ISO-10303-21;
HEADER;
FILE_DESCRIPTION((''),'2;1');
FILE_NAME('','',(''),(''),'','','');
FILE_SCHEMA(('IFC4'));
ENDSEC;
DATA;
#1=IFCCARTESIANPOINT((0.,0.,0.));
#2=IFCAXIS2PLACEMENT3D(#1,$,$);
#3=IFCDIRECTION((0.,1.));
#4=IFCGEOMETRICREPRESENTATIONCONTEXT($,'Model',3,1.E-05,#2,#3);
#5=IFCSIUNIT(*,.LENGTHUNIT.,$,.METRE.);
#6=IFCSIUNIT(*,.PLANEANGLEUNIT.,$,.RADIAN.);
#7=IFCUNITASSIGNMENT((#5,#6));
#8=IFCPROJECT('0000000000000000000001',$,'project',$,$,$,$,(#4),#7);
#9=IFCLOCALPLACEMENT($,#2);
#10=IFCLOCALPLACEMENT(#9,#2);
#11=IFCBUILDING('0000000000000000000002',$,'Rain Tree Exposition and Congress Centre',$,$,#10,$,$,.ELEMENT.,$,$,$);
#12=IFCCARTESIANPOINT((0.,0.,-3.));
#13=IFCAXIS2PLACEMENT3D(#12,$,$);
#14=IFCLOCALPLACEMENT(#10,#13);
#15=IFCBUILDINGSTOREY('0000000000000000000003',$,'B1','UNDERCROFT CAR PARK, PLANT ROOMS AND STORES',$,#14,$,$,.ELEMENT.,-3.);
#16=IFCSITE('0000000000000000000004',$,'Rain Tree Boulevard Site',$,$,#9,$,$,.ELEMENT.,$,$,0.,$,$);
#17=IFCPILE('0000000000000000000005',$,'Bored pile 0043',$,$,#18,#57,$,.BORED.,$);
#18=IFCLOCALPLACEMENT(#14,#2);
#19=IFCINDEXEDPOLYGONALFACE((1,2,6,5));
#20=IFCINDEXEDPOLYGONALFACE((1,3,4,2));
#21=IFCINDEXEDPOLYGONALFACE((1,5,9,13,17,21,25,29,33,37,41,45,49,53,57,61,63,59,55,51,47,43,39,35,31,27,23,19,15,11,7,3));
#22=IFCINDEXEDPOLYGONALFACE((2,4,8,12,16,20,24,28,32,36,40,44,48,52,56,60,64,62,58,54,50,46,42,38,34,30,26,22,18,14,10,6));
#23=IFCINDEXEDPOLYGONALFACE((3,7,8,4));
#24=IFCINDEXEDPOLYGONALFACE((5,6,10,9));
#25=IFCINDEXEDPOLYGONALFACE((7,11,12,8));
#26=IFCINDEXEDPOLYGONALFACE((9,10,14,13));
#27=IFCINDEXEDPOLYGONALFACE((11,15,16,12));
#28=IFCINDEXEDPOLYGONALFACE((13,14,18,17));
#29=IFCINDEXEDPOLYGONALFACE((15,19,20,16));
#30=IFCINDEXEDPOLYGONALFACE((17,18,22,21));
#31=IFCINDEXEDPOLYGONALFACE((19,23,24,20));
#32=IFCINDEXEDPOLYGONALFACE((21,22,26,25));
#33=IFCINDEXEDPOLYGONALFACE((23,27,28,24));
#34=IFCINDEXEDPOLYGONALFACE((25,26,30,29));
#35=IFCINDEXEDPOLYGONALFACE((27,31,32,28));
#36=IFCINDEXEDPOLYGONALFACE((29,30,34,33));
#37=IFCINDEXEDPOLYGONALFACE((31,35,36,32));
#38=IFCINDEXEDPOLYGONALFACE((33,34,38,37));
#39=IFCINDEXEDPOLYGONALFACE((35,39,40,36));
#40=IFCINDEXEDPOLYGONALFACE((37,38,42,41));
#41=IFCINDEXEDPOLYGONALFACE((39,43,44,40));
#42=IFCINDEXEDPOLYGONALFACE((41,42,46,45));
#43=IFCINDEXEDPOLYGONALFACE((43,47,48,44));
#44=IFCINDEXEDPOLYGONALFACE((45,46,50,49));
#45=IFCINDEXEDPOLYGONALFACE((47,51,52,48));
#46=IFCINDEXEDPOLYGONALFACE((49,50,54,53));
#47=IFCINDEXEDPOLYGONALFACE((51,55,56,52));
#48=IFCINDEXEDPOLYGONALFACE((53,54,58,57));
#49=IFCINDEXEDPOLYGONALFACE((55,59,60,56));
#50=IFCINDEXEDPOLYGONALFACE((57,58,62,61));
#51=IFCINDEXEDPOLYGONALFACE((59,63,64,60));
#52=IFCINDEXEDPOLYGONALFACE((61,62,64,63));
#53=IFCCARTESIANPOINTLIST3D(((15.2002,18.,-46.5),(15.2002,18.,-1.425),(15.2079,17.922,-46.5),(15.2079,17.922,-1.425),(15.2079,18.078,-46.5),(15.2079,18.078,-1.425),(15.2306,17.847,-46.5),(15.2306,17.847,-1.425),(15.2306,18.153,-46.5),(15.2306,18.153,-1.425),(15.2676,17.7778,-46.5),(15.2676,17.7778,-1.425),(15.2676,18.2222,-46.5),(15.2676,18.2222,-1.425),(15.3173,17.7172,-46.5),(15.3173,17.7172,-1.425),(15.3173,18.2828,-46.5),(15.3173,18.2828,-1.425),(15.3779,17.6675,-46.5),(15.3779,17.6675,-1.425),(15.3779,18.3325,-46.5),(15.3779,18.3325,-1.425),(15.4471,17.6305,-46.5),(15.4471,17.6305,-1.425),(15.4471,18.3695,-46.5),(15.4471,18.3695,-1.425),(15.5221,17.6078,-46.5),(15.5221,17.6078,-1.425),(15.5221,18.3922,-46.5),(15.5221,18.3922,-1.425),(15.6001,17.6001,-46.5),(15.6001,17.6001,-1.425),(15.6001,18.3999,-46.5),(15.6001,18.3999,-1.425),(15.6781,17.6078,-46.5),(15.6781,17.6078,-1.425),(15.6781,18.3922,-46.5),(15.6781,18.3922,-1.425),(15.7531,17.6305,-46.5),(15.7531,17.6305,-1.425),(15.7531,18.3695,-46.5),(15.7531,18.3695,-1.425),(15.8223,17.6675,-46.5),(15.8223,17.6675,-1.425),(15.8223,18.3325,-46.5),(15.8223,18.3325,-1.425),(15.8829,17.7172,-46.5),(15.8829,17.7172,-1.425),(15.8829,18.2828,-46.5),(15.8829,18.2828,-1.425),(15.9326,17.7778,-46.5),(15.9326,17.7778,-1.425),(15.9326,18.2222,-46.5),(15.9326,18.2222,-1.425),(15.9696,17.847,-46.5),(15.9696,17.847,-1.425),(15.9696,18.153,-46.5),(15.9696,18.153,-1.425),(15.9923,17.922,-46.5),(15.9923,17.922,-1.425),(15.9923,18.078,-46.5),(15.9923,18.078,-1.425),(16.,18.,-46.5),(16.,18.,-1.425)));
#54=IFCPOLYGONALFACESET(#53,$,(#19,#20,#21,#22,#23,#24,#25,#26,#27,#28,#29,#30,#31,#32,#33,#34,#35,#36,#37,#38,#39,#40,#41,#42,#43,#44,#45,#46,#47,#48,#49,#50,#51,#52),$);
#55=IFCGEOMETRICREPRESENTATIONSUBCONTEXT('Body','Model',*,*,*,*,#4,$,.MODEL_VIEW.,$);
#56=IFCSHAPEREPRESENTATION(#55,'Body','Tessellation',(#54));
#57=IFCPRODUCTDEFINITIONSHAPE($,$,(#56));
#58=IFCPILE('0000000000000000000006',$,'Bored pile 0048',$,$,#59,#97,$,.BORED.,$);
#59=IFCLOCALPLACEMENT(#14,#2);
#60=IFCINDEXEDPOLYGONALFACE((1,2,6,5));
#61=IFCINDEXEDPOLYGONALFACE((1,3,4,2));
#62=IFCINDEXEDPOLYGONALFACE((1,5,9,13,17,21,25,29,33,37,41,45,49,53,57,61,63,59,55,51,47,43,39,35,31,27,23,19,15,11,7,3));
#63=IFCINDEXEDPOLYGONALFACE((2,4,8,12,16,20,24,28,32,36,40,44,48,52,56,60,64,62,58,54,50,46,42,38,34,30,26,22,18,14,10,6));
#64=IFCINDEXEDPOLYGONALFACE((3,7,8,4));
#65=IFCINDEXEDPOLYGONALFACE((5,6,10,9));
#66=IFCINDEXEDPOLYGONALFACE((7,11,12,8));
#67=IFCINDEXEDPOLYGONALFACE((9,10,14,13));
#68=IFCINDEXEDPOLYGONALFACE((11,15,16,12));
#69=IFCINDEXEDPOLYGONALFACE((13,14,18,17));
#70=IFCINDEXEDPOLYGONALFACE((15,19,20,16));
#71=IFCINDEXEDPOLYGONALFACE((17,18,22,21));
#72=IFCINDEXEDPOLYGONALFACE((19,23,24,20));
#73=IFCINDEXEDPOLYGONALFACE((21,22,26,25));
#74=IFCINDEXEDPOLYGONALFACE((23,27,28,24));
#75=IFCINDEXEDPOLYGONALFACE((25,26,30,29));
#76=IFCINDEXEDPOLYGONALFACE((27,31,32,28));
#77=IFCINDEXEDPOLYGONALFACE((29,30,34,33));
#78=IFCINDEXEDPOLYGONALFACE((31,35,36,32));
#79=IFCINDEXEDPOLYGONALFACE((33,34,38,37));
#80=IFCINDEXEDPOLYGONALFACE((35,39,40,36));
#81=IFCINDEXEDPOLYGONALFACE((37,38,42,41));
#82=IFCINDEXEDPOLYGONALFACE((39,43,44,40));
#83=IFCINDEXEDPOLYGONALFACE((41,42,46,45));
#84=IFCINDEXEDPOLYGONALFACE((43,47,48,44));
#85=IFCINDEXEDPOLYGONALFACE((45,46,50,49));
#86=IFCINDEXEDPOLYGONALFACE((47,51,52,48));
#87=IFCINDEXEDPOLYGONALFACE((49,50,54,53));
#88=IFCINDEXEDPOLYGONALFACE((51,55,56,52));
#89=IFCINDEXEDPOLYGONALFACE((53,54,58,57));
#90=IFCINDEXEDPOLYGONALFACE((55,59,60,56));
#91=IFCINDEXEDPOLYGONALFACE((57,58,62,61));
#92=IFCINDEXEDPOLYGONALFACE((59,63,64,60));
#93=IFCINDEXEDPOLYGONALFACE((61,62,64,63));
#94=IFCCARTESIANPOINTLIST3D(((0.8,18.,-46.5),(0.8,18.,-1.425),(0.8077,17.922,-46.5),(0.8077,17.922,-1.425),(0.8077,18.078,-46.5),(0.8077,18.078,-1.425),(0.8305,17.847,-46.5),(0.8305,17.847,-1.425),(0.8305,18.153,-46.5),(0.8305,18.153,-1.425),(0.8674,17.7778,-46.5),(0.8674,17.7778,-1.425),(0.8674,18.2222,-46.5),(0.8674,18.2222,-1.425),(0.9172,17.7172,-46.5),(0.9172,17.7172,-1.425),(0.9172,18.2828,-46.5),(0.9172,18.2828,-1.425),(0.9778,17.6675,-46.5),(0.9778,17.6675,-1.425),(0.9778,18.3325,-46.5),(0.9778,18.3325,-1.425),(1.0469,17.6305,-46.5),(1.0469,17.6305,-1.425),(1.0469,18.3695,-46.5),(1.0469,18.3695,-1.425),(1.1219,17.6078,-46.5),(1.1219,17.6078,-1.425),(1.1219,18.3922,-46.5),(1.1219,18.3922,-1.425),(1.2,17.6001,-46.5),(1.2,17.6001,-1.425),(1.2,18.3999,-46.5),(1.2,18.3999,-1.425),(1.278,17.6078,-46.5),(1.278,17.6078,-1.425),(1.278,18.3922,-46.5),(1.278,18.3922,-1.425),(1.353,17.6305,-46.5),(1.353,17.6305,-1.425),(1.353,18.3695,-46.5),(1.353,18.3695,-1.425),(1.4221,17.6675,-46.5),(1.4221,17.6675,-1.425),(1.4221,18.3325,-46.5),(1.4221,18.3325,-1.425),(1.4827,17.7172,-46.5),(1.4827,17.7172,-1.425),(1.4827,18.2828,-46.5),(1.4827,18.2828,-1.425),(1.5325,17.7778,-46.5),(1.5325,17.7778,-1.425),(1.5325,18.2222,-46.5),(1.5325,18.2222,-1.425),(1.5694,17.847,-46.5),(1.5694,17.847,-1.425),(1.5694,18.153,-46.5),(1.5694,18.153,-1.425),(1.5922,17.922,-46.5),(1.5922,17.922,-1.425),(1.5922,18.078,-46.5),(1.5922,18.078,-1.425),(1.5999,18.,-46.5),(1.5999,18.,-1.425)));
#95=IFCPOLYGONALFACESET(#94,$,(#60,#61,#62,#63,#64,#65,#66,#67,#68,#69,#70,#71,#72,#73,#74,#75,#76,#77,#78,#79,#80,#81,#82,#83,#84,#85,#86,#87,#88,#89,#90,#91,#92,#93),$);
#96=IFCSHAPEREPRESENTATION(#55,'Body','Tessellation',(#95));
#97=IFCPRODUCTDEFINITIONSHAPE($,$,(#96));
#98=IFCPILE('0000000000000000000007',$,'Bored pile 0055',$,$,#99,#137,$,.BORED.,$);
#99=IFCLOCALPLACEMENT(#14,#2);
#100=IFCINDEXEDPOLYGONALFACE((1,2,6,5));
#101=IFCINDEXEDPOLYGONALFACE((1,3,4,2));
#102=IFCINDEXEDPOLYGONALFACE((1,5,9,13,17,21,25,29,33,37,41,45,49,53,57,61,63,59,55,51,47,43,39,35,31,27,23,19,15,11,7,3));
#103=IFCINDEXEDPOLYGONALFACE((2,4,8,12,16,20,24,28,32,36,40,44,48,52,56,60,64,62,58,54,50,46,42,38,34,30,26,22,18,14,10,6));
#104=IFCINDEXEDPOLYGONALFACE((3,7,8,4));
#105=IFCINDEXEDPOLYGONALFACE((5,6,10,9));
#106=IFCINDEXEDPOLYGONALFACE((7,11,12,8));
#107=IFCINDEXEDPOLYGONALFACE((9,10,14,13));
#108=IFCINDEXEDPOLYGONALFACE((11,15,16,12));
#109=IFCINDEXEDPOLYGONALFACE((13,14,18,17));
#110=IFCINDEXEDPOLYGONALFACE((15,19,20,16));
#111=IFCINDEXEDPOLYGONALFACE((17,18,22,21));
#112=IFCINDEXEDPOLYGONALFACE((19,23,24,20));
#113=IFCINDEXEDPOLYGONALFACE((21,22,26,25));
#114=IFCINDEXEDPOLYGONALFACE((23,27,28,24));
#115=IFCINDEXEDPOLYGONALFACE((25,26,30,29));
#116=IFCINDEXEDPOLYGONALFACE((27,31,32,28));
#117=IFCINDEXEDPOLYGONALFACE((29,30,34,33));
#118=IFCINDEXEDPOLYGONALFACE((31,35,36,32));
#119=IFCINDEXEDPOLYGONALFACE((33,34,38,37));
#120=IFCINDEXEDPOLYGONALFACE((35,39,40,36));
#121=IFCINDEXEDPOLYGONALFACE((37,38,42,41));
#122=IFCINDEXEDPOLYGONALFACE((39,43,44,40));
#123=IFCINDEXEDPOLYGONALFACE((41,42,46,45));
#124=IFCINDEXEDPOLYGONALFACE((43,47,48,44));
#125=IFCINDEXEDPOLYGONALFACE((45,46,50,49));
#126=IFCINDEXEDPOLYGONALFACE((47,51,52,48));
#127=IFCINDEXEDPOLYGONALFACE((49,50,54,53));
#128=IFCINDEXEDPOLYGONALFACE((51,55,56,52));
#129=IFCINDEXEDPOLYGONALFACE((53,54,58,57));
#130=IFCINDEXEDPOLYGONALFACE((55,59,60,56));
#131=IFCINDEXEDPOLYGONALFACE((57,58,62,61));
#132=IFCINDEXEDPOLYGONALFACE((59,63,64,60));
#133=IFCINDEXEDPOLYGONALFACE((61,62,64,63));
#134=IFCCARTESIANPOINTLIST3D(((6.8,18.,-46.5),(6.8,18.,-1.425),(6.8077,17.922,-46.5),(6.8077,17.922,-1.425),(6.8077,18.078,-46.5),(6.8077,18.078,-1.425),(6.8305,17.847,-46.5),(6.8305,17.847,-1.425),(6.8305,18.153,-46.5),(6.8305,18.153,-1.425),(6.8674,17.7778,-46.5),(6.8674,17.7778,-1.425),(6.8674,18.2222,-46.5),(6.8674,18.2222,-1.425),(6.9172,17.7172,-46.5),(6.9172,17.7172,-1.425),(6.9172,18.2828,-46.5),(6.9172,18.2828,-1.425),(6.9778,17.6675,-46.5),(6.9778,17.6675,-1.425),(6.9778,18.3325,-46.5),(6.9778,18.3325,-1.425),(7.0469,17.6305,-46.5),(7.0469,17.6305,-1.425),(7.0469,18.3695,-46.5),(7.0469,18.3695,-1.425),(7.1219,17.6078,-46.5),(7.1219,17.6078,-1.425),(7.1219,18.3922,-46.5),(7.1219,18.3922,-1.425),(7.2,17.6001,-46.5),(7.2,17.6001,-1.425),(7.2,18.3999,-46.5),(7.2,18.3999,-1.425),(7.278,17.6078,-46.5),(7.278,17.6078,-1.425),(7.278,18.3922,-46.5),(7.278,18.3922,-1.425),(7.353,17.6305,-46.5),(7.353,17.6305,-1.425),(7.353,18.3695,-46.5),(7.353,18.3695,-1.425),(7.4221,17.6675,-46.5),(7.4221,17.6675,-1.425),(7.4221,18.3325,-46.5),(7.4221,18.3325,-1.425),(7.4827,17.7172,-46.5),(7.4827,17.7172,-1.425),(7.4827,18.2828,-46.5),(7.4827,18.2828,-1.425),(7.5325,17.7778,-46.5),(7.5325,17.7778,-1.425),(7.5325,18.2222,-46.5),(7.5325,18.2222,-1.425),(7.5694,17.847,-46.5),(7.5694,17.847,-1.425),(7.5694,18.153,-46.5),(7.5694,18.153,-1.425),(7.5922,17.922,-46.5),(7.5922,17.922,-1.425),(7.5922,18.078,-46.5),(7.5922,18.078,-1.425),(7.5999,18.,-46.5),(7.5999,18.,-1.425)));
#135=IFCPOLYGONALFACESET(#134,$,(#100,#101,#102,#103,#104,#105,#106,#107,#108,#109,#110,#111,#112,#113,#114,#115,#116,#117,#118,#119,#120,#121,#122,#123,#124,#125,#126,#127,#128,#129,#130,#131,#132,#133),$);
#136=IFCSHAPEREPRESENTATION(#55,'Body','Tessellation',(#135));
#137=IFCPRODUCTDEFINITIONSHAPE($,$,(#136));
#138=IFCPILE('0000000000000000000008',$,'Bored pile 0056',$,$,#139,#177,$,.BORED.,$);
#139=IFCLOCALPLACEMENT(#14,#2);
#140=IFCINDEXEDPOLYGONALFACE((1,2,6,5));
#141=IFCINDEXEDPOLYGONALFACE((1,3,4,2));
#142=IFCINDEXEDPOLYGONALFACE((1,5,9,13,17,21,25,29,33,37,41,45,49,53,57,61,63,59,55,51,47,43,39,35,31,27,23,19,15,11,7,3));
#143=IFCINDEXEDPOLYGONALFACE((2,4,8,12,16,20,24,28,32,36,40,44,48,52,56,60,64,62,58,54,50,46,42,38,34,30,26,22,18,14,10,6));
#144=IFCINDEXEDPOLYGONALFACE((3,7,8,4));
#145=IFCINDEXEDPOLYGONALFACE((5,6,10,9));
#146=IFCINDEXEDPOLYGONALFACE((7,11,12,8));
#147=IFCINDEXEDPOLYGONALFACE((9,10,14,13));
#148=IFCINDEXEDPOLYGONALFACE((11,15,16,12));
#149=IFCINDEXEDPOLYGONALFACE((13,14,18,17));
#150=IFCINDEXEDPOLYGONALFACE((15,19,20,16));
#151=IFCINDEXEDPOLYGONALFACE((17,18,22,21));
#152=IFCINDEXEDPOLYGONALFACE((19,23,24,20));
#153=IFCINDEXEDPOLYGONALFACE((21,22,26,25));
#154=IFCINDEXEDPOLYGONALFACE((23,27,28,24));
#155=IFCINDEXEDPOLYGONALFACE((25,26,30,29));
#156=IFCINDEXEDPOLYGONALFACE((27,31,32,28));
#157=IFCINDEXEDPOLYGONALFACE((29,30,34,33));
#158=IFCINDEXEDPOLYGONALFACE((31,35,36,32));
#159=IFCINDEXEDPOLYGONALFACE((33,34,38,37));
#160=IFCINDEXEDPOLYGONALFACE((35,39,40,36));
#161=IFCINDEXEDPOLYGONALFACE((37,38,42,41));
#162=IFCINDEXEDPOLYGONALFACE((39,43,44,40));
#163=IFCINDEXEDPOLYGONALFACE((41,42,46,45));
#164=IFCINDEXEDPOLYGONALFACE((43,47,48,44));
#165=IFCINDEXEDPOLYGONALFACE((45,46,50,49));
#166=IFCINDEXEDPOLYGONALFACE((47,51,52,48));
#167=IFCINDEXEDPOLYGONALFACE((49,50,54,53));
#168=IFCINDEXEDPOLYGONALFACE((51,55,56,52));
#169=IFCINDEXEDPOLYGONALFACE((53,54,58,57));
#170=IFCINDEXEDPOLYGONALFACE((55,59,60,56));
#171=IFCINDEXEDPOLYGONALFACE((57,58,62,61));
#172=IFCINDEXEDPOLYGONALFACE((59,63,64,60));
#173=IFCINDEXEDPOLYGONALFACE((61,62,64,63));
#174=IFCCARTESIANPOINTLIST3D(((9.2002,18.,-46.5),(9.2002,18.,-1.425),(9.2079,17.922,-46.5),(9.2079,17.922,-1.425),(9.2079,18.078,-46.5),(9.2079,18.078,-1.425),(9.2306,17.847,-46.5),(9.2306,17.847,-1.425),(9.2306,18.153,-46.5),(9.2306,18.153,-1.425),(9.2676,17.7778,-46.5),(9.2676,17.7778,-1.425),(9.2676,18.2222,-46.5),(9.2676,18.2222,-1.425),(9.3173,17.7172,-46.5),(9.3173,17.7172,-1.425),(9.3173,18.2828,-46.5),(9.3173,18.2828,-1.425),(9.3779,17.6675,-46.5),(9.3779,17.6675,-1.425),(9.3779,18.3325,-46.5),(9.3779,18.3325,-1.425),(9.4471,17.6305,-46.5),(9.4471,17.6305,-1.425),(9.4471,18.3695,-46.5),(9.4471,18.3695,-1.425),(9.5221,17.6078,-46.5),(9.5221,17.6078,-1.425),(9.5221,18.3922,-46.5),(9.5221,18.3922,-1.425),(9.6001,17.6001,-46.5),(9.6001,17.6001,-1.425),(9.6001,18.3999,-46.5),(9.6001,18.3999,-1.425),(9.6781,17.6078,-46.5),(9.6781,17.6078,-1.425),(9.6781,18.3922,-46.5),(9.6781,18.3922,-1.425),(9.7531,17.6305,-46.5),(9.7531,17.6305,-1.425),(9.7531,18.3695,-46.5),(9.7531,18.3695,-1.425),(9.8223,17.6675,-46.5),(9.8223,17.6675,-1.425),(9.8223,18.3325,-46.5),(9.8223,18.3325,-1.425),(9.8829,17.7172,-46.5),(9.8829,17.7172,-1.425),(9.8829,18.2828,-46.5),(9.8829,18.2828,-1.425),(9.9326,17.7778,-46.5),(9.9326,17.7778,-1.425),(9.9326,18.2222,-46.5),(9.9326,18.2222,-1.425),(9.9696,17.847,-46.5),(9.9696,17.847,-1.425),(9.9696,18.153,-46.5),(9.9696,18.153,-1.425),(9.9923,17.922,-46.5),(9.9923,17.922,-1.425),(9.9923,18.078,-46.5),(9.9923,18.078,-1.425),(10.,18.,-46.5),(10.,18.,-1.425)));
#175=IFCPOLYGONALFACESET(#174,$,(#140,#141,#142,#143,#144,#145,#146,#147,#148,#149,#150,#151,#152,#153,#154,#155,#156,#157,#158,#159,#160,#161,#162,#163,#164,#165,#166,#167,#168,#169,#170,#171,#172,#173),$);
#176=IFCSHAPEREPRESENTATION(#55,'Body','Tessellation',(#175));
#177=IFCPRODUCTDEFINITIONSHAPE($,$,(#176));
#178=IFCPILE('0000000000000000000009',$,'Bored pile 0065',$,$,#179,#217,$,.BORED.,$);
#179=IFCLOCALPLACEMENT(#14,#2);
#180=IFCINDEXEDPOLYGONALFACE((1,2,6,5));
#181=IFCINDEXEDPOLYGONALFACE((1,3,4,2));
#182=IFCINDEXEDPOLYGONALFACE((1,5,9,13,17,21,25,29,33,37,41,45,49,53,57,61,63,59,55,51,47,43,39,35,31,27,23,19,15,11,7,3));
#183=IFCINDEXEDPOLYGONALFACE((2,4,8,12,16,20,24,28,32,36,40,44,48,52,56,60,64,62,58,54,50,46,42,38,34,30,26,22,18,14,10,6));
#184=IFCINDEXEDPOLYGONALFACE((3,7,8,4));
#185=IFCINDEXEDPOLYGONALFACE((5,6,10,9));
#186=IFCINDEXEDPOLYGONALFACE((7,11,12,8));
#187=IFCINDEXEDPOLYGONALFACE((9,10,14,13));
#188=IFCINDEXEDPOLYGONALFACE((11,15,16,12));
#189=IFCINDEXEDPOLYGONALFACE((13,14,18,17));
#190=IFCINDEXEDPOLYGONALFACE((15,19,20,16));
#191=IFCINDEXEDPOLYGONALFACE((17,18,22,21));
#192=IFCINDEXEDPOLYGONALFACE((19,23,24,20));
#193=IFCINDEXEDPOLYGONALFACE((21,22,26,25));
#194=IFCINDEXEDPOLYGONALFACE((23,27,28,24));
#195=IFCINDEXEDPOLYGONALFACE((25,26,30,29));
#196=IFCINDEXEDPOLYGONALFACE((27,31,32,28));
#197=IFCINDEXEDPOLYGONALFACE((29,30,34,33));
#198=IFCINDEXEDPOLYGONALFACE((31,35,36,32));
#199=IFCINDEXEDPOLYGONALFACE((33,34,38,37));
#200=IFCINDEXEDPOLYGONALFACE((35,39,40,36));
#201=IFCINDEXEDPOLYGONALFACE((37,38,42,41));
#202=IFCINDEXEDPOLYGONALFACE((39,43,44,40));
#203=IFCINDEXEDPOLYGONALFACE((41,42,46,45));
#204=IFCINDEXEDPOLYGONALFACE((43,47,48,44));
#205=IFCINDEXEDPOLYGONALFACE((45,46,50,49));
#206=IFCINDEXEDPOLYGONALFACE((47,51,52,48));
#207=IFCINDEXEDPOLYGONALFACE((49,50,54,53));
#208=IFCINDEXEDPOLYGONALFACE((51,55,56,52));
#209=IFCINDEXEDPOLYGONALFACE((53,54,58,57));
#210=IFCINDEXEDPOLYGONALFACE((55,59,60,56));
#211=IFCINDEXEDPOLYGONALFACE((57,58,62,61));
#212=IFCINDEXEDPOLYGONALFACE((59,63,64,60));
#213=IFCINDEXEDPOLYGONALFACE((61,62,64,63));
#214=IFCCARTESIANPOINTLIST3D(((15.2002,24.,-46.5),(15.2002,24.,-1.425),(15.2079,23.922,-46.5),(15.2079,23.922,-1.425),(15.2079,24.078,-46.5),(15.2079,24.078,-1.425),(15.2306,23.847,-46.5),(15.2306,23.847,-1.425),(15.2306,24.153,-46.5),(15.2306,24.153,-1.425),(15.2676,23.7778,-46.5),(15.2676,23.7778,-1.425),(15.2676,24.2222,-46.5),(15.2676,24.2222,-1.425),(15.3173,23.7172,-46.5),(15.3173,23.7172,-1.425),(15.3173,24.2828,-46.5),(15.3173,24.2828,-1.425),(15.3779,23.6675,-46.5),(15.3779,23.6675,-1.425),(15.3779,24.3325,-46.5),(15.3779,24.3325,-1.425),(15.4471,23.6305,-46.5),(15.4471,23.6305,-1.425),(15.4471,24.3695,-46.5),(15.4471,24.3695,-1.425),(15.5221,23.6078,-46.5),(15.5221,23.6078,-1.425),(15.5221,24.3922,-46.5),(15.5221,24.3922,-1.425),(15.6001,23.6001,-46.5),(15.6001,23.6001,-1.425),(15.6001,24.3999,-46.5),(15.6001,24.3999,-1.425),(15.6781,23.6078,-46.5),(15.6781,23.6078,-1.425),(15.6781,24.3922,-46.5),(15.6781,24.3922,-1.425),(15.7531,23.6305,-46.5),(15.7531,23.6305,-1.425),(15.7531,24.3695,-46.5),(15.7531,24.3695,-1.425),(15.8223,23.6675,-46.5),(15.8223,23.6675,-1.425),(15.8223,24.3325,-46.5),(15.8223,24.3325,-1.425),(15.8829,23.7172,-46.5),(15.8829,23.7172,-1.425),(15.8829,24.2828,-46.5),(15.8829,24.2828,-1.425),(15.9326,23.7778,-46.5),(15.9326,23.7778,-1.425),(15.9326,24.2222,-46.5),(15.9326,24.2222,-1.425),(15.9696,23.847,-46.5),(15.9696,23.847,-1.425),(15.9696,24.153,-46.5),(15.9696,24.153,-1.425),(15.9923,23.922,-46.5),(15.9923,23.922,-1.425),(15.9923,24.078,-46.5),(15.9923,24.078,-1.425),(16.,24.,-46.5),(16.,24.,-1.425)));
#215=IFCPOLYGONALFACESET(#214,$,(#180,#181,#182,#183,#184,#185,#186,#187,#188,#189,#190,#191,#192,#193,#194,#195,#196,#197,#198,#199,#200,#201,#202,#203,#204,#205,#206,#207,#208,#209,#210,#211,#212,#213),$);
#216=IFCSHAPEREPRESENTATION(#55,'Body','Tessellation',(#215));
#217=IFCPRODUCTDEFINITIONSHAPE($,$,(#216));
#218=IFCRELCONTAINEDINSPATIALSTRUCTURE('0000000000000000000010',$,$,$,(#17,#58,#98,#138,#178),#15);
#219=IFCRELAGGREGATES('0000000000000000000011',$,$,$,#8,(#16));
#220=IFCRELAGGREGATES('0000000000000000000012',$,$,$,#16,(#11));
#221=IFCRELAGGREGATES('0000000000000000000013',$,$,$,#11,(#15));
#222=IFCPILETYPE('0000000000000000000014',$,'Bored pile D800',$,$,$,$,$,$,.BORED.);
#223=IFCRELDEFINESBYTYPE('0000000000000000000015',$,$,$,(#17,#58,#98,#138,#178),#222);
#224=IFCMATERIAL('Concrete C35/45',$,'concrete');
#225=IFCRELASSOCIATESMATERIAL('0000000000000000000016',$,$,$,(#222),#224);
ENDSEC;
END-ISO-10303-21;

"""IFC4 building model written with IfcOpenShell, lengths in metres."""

from ifc_helpers import new_model, si_unit, direction, frame, origin, origin_2d, place, context, subcontext, project, spatial, circle, extrude, material, material_profile, profile_set, type_object, element, save


model = new_model("IFC4")

# Units and contexts
model_context = context("Model", 3, precision=1e-05, world=origin(), true_north=direction((0.0, 1.0)))
body_context = subcontext(model_context, "Body", "Model", "MODEL_VIEW")
ifc_project = project(units=[si_unit("LENGTHUNIT", "METRE"), si_unit("PLANEANGLEUNIT", "RADIAN")], contexts=[model_context])

# Site, building, storey
site_placement = place(None, origin())
site = spatial("IfcSite", under=ifc_project, at=site_placement, Name="Rain Tree Boulevard Site", CompositionType="ELEMENT", RefElevation=0.0)
building_placement = place(site_placement, origin())
building = spatial("IfcBuilding", under=site, at=building_placement, Name="Rain Tree Exposition and Congress Centre", CompositionType="ELEMENT")
storey_placement = place(building_placement, frame((0.0, 0.0, -3.0)))
storey = spatial("IfcBuildingStorey", under=building, at=storey_placement, Name="B1", Description="UNDERCROFT CAR PARK, PLANT ROOMS AND STORES", CompositionType="ELEMENT", Elevation=-3.0)

# Piles
ifc_material_1 = material(Name="Concrete C35/45", Category="concrete")
ifc_material_profile_1 = material_profile(ifc_material_1, circle(Radius=0.3999, at=origin_2d()), Name="D800")
ifc_profile_set_1 = profile_set([ifc_material_profile_1], Name="Concrete C35/45")
pile_type = type_object("IfcPileType", Name="Bored pile D800", PredefinedType="BORED", material=ifc_profile_set_1)
for number, where, z_axis, x_axis, name in (
    (1, (15.6001, 18.0, -1.425), (0.0, 0.0, -1.0), (1.0, 0.0, 0.0), "Bored pile 0043"),
    (2, (1.2, 18.0, -1.425), (0.0, 0.0, -1.0), (1.0, 0.0, 0.0), "Bored pile 0048"),
    (3, (7.2, 18.0, -1.425), (0.0, 0.0, -1.0), (1.0, 0.0, 0.0), "Bored pile 0055"),
    (4, (9.6001, 18.0, -1.425), (0.0, 0.0, -1.0), (1.0, 0.0, 0.0), "Bored pile 0056"),
    (5, (15.6001, 24.0, -1.425), (0.0, 0.0, -1.0), (1.0, 0.0, 0.0), "Bored pile 0065"),
):
    element("IfcPile", number, at=place(storey_placement, frame(where, z_axis=z_axis, x_axis=x_axis)), inside=storey, type_object=pile_type, Name=name, PredefinedType="BORED", context=body_context, shape_type="SweptSolid", body=[
        extrude(circle(Radius=0.3999, at=origin_2d()), origin(), (0.0, 0.0, 1.0), 45.075),
    ])

save(model, "model.ifc")
